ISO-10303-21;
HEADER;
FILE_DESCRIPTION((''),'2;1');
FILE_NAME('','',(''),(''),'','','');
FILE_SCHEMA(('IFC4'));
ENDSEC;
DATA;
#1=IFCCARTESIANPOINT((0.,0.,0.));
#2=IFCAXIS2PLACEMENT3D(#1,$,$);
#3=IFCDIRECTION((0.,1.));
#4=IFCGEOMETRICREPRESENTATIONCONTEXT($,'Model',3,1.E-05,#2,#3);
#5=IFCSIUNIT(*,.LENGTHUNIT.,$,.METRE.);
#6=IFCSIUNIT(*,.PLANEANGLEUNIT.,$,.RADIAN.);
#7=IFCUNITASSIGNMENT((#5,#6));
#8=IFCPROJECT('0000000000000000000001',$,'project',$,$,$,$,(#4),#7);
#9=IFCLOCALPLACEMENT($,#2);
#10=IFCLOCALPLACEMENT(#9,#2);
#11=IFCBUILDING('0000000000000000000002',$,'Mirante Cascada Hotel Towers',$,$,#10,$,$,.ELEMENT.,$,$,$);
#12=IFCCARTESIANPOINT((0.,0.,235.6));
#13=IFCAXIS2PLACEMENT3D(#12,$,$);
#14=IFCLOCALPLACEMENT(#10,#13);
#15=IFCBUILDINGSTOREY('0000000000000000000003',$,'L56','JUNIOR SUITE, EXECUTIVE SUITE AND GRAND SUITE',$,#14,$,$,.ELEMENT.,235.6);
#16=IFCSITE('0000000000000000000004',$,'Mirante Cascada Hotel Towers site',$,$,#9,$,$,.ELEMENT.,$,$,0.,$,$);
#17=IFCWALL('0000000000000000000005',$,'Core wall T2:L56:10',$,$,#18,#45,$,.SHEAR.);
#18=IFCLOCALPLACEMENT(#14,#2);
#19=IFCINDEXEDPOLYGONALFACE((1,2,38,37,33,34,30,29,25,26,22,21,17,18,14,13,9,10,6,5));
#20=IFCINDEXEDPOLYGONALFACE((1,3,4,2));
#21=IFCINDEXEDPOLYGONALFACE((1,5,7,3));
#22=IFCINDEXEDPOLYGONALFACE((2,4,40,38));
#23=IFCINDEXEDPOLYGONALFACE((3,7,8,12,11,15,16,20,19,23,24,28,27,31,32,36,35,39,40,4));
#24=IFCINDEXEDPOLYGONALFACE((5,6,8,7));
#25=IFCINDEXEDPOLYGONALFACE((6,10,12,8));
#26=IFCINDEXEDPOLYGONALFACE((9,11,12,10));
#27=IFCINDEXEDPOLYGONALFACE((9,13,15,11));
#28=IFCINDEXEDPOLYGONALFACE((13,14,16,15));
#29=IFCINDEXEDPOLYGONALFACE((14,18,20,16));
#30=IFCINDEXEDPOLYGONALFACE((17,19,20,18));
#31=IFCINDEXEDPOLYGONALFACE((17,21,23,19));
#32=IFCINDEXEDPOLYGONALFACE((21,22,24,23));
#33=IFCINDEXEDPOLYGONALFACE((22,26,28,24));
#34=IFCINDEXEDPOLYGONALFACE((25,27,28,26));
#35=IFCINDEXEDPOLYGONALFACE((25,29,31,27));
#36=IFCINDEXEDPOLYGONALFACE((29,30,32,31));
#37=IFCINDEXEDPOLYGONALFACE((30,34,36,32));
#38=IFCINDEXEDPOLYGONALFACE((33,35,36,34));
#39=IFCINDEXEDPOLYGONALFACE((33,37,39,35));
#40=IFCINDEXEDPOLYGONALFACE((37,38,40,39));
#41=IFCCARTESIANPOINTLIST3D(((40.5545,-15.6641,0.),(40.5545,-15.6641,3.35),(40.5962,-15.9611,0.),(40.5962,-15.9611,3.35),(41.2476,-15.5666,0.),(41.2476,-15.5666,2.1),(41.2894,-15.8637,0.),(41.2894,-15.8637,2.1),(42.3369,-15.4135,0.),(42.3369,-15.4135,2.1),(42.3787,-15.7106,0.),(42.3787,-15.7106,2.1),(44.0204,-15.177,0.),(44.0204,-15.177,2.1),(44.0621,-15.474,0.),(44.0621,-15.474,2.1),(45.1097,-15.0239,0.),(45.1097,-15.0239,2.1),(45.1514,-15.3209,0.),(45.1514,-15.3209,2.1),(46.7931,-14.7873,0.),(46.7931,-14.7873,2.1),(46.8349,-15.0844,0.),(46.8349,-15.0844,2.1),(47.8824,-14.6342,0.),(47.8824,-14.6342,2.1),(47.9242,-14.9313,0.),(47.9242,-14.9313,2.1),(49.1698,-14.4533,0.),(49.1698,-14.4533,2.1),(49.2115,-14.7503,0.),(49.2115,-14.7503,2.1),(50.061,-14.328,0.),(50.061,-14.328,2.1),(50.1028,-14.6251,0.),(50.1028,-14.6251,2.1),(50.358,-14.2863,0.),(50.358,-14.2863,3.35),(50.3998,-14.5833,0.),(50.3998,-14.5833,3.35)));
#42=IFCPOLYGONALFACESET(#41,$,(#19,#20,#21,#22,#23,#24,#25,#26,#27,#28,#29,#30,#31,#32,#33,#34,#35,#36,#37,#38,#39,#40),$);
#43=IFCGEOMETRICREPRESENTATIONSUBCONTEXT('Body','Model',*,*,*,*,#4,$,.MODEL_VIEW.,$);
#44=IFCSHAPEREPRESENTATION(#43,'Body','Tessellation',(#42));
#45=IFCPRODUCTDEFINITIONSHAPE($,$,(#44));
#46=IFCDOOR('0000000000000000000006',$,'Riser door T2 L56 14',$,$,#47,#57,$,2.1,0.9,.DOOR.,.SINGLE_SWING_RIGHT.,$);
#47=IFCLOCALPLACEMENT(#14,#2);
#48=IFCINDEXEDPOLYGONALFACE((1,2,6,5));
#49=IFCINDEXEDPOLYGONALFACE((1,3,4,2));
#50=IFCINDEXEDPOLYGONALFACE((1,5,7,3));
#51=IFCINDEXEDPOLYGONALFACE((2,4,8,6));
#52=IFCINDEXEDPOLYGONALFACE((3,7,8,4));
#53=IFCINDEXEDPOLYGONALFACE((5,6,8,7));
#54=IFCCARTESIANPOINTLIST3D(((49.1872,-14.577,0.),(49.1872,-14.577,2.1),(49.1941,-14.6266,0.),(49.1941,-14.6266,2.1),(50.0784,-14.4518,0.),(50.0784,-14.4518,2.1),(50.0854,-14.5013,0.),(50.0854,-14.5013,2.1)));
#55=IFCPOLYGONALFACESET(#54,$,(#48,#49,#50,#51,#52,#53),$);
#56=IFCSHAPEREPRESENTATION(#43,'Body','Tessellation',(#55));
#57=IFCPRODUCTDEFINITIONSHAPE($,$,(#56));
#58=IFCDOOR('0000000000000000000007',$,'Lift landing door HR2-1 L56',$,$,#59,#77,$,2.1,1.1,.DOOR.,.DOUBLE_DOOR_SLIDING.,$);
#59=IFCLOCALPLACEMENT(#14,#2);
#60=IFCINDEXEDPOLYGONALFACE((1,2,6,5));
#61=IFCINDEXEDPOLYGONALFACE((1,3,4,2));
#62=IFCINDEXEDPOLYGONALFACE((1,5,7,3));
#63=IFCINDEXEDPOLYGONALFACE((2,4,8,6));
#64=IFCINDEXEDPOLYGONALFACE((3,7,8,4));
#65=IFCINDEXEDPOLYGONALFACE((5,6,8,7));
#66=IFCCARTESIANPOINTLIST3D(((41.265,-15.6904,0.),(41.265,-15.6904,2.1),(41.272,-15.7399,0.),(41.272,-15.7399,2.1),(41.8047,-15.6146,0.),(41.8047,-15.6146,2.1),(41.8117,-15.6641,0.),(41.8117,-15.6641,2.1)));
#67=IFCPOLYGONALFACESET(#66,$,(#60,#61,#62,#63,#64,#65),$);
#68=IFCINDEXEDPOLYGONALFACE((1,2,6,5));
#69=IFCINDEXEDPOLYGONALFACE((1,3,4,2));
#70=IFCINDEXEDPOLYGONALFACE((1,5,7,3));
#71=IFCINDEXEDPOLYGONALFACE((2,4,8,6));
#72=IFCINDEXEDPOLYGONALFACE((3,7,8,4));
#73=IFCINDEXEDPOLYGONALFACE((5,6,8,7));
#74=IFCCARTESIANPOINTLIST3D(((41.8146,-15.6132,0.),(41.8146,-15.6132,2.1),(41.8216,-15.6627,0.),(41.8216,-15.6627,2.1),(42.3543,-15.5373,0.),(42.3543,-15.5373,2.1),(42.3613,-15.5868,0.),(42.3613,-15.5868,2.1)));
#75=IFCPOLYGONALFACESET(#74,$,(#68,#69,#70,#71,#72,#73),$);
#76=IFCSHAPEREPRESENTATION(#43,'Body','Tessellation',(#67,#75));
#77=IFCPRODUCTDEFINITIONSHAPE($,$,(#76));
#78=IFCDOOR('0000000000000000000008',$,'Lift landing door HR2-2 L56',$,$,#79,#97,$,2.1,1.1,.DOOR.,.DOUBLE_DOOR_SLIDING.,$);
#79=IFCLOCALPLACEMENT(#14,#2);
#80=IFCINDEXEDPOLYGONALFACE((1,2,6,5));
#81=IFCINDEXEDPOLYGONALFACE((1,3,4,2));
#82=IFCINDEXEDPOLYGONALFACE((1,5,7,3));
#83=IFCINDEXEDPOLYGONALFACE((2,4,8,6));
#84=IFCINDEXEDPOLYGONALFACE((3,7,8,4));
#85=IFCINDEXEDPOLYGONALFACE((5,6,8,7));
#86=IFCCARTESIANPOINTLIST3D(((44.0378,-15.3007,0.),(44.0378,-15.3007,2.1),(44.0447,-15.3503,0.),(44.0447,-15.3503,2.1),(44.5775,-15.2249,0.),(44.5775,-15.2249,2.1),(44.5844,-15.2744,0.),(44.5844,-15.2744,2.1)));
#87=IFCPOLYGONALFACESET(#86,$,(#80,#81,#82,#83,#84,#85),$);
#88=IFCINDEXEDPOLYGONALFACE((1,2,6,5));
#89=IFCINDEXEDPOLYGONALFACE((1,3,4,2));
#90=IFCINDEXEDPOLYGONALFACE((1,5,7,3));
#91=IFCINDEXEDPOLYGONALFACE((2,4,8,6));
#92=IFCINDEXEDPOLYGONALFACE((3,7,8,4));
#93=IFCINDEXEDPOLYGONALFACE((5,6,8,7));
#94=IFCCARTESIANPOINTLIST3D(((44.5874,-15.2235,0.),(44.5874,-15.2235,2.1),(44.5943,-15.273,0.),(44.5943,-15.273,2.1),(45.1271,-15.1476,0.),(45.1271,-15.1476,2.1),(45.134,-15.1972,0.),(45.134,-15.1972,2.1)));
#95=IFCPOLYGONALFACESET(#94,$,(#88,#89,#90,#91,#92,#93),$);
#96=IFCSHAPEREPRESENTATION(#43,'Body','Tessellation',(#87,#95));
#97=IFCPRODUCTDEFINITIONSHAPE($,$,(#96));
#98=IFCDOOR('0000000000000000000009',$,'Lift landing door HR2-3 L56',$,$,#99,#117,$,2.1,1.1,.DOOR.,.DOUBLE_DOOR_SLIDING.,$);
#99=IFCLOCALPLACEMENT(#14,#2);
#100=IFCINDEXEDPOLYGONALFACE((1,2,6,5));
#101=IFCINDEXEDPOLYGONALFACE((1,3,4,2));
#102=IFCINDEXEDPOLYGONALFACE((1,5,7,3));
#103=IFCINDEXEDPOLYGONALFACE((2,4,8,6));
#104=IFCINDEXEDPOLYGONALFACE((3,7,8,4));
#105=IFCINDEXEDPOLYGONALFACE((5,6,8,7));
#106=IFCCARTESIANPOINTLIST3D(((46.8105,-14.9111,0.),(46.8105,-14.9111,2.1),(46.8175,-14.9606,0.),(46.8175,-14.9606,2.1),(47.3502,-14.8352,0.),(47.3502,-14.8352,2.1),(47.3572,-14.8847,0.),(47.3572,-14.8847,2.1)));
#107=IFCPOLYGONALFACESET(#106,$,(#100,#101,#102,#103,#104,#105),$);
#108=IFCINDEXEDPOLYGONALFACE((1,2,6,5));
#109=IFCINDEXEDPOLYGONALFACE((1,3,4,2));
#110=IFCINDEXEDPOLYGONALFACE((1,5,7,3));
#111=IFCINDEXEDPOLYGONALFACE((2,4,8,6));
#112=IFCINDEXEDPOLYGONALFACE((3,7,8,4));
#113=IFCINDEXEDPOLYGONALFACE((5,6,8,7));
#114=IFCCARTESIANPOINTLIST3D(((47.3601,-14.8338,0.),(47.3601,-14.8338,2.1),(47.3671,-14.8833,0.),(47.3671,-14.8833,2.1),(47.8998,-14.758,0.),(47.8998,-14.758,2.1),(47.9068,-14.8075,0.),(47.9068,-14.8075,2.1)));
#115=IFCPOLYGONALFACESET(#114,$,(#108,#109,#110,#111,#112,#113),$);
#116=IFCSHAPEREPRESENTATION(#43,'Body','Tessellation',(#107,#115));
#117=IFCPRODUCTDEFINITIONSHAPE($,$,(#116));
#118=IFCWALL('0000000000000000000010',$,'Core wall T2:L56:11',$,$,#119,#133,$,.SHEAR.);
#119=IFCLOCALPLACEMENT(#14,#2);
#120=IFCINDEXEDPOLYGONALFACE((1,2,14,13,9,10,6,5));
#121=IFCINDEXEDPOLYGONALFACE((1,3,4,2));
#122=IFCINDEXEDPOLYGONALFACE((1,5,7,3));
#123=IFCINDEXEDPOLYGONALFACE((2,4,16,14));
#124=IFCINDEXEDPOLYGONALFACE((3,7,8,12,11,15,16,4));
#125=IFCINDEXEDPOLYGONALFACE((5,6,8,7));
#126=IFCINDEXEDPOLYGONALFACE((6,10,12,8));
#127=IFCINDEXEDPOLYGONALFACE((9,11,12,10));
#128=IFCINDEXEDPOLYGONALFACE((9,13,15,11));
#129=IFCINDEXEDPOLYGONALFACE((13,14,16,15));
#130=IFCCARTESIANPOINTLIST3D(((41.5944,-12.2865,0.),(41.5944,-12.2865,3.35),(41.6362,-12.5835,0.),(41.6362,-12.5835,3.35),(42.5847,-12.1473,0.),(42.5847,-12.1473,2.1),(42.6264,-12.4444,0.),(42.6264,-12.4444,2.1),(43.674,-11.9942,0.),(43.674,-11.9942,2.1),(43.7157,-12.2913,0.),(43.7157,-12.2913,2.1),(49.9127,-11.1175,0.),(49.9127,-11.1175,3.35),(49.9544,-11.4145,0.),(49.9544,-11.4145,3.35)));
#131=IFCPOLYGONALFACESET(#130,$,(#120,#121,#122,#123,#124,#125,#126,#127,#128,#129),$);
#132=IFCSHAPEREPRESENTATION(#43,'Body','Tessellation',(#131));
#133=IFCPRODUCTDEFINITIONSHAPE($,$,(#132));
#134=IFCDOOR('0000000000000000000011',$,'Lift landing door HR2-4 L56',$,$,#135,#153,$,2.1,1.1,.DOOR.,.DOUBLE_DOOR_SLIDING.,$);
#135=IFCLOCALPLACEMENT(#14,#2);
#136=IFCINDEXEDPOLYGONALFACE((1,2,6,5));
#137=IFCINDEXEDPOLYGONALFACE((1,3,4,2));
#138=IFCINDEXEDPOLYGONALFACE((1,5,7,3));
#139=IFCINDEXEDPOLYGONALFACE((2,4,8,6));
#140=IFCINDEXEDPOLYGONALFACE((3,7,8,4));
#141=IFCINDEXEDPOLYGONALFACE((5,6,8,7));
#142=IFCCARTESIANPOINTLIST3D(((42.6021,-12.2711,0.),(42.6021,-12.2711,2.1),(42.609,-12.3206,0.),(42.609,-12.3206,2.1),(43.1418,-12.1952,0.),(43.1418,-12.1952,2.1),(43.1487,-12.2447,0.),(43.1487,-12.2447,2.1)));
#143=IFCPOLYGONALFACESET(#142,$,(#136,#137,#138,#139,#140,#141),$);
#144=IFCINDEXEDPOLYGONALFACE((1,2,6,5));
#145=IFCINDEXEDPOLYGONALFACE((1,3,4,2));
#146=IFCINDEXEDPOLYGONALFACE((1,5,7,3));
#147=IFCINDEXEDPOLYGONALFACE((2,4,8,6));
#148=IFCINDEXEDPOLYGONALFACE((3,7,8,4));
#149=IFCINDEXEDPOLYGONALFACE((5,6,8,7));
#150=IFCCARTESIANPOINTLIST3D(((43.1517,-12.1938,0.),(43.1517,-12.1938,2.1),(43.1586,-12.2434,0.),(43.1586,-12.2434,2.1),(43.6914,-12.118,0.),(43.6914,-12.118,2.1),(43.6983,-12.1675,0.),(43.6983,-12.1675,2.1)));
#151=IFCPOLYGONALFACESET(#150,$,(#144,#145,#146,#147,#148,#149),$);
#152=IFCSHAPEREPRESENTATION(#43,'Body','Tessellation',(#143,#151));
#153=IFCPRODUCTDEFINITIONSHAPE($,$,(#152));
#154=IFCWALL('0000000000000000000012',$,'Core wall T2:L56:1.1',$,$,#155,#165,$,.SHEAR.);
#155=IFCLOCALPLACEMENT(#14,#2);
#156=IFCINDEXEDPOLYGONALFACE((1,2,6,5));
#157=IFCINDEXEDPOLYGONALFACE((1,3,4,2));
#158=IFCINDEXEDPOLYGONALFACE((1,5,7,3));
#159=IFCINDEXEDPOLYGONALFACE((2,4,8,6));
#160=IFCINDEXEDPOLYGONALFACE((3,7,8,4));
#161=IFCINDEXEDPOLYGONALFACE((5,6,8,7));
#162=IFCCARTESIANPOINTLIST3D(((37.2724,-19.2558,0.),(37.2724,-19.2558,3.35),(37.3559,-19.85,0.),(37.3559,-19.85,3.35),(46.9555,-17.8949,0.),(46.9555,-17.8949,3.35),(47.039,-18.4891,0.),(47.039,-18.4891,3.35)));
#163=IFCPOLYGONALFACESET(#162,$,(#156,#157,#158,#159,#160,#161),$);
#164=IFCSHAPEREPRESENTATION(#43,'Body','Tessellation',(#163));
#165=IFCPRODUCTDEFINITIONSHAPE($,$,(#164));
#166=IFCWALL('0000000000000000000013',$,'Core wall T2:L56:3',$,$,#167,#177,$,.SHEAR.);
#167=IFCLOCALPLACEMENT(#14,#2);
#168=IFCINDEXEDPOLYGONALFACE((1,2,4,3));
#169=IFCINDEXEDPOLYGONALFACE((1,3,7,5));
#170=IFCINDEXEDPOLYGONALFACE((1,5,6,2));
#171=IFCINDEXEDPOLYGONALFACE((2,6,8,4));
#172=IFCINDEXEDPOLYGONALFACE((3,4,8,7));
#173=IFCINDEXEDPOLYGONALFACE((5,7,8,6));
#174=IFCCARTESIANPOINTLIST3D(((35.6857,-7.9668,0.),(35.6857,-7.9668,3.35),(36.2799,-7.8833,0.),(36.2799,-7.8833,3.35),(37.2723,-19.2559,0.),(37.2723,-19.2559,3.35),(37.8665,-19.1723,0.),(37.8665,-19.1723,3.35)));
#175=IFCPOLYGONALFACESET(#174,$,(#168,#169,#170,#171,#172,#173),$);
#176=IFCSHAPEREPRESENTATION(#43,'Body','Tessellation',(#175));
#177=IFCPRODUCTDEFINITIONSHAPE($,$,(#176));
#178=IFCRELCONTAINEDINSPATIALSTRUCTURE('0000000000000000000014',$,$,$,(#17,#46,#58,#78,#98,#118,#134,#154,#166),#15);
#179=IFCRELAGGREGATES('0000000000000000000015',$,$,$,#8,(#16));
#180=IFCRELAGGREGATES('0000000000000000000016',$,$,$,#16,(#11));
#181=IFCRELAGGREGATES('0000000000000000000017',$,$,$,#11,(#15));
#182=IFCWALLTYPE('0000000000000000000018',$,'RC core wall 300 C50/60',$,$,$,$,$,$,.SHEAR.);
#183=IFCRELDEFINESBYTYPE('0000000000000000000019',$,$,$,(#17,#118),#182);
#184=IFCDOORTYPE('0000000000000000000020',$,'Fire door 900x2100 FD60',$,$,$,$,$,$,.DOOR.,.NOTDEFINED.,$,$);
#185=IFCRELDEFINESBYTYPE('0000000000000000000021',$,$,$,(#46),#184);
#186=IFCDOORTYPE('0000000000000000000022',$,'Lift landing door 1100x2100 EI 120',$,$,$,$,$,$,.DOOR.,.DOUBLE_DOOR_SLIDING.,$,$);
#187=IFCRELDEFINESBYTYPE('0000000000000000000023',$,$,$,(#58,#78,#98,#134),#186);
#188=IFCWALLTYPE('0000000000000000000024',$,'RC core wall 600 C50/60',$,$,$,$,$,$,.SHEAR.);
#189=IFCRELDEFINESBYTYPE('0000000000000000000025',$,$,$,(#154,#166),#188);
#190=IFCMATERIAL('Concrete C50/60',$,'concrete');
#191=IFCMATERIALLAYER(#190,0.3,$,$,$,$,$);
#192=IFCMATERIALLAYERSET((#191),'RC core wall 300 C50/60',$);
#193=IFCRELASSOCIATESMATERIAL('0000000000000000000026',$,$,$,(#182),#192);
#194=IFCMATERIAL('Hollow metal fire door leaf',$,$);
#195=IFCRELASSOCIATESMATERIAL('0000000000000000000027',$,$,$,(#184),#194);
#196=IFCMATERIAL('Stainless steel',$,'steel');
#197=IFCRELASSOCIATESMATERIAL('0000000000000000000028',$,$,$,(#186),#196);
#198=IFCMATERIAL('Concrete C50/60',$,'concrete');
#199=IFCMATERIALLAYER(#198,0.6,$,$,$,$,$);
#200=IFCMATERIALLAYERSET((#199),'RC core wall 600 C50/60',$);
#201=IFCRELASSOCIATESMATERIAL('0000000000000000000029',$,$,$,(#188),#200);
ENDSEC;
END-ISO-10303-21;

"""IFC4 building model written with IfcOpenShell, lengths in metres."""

from ifc_helpers import new_model, si_unit, direction, frame, frame_2d, origin, place, context, subcontext, project, spatial, rectangle, extrude, material, layer, layer_set, type_object, element, fill, save


model = new_model("IFC4")

# Units and contexts
model_context = context("Model", 3, precision=1e-05, world=origin(), true_north=direction((0.0, 1.0)))
body_context = subcontext(model_context, "Body", "Model", "MODEL_VIEW")
ifc_project = project(units=[si_unit("LENGTHUNIT", "METRE"), si_unit("PLANEANGLEUNIT", "RADIAN")], contexts=[model_context])

# Site, building, storey
site_placement = place(None, origin())
site = spatial("IfcSite", under=ifc_project, at=site_placement, Name="Mirante Cascada Hotel Towers site", CompositionType="ELEMENT", RefElevation=0.0)
building_placement = place(site_placement, origin())
building = spatial("IfcBuilding", under=site, at=building_placement, Name="Mirante Cascada Hotel Towers", CompositionType="ELEMENT")
storey_placement = place(building_placement, frame((0.0, 0.0, 235.6)))
storey = spatial("IfcBuildingStorey", under=building, at=storey_placement, Name="L56", Description="JUNIOR SUITE, EXECUTIVE SUITE AND GRAND SUITE", CompositionType="ELEMENT", Elevation=235.6)

# Shared definitions
ifc_material_1 = material(Name="Concrete C50/60", Category="concrete")
ifc_layer_1 = layer(ifc_material_1, 0.3)
ifc_layer_set_1 = layer_set([ifc_layer_1], Name="RC core wall 300 C50/60")
wall_type_1 = type_object("IfcWallType", Name="RC core wall 300 C50/60", PredefinedType="SHEAR", material=ifc_layer_set_1)

# Wall, openings, doors
wall_1_placement = place(storey_placement, frame((40.5753, -15.8126, 0.0), z_axis=(0.0, 0.0, 1.0), x_axis=(0.990268, 0.139173, 0.0)))
wall_1 = element("IfcWall", 1, at=wall_1_placement, inside=storey, type_object=wall_type_1, Name="Core wall T2:L56:10", PredefinedType="SHEAR", context=body_context, shape_type="SweptSolid", body=[
    extrude(rectangle(XDim=9.8999, YDim=0.3, at=frame_2d((4.95, 0.0))), origin(), (0.0, 0.0, 1.0), 3.35),
])
opening_1_placement = place(wall_1_placement, frame((0.7, 0.0, 0.0)))
opening_1 = element("IfcOpeningElement", 2, at=opening_1_placement, cuts=wall_1, PredefinedType="OPENING", context=body_context, shape_type="SweptSolid", body=[
    extrude(rectangle(XDim=1.1, YDim=2.1, at=frame_2d((0.55, 1.05))), frame((0.0, 0.15, 0.0), z_axis=(0.0, -1.0, 0.0), x_axis=(1.0, 0.0, 0.0)), (0.0, 0.0, 1.0), 0.3),
])
opening_2_placement = place(wall_1_placement, frame((3.5, 0.0, 0.0)))
opening_2 = element("IfcOpeningElement", 3, at=opening_2_placement, cuts=wall_1, PredefinedType="OPENING", context=body_context, shape_type="SweptSolid", body=[
    extrude(rectangle(XDim=1.1, YDim=2.1, at=frame_2d((0.55, 1.05))), frame((0.0, 0.15, 0.0), z_axis=(0.0, -1.0, 0.0), x_axis=(1.0, 0.0, 0.0)), (0.0, 0.0, 1.0), 0.3),
])
opening_3_placement = place(wall_1_placement, frame((6.3, 0.0, 0.0)))
opening_3 = element("IfcOpeningElement", 4, at=opening_3_placement, cuts=wall_1, PredefinedType="OPENING", context=body_context, shape_type="SweptSolid", body=[
    extrude(rectangle(XDim=1.1, YDim=2.1, at=frame_2d((0.55, 1.05))), frame((0.0, 0.15, 0.0), z_axis=(0.0, -1.0, 0.0), x_axis=(1.0, 0.0, 0.0)), (0.0, 0.0, 1.0), 0.3),
])
opening_4_placement = place(wall_1_placement, frame((8.7, 0.0, 0.0)))
opening_4 = element("IfcOpeningElement", 5, at=opening_4_placement, cuts=wall_1, PredefinedType="OPENING", context=body_context, shape_type="SweptSolid", body=[
    extrude(rectangle(XDim=0.9, YDim=2.1, at=frame_2d((0.45, 1.05))), frame((0.0, 0.15, 0.0), z_axis=(0.0, -1.0, 0.0), x_axis=(1.0, 0.0, 0.0)), (0.0, 0.0, 1.0), 0.3),
])
ifc_material_2 = material(Name="Hollow metal fire door leaf")
door_type_1 = type_object("IfcDoorType", Name="Fire door 900x2100 FD60", OperationType="NOTDEFINED", PredefinedType="DOOR", material=ifc_material_2)
door_1_placement = place(opening_4_placement, frame((0.9, 0.0, 0.0), z_axis=(0.0, 0.0, 1.0), x_axis=(-1.0, 0.0, 0.0)))
door_1 = element("IfcDoor", 6, at=door_1_placement, inside=storey, type_object=door_type_1, Name="Riser door T2 L56 14", OperationType="SINGLE_SWING_RIGHT", OverallHeight=2.1, OverallWidth=0.9, PredefinedType="DOOR", context=body_context, shape_type="SweptSolid", body=[
    extrude(rectangle(XDim=0.9, YDim=2.1, at=frame_2d((0.45, 1.05))), frame((0.0, 0.025, 0.0), z_axis=(0.0, -1.0, 0.0), x_axis=(1.0, 0.0, 0.0)), (0.0, 0.0, 1.0), 0.05),
])
fill(opening_4, door_1)
ifc_material_3 = material(Name="Stainless steel", Category="steel")
door_type_2 = type_object("IfcDoorType", Name="Lift landing door 1100x2100 EI 120", OperationType="DOUBLE_DOOR_SLIDING", PredefinedType="DOOR", material=ifc_material_3)
door_2_placement = place(opening_1_placement, origin())
door_2 = element("IfcDoor", 7, at=door_2_placement, inside=storey, type_object=door_type_2, Name="Lift landing door HR2-1 L56", OperationType="DOUBLE_DOOR_SLIDING", OverallHeight=2.1, OverallWidth=1.1, PredefinedType="DOOR", context=body_context, shape_type="SweptSolid", body=[
    extrude(rectangle(XDim=0.545, YDim=2.1, at=frame_2d((0.2725, 1.05))), frame((0.0, 0.025, 0.0), z_axis=(0.0, -1.0, 0.0), x_axis=(1.0, 0.0, 0.0)), (0.0, 0.0, 1.0), 0.05),
    extrude(rectangle(XDim=0.545, YDim=2.1, at=frame_2d((0.8275, 1.05))), frame((0.0, 0.025, 0.0), z_axis=(0.0, -1.0, 0.0), x_axis=(1.0, 0.0, 0.0)), (0.0, 0.0, 1.0), 0.05),
])
fill(opening_1, door_2)
door_3_placement = place(opening_2_placement, origin())
door_3 = element("IfcDoor", 8, at=door_3_placement, inside=storey, type_object=door_type_2, Name="Lift landing door HR2-2 L56", OperationType="DOUBLE_DOOR_SLIDING", OverallHeight=2.1, OverallWidth=1.1, PredefinedType="DOOR", context=body_context, shape_type="SweptSolid", body=[
    extrude(rectangle(XDim=0.545, YDim=2.1, at=frame_2d((0.2725, 1.05))), frame((0.0, 0.025, 0.0), z_axis=(0.0, -1.0, 0.0), x_axis=(1.0, 0.0, 0.0)), (0.0, 0.0, 1.0), 0.05),
    extrude(rectangle(XDim=0.545, YDim=2.1, at=frame_2d((0.8275, 1.05))), frame((0.0, 0.025, 0.0), z_axis=(0.0, -1.0, 0.0), x_axis=(1.0, 0.0, 0.0)), (0.0, 0.0, 1.0), 0.05),
])
fill(opening_2, door_3)
door_4_placement = place(opening_3_placement, origin())
door_4 = element("IfcDoor", 9, at=door_4_placement, inside=storey, type_object=door_type_2, Name="Lift landing door HR2-3 L56", OperationType="DOUBLE_DOOR_SLIDING", OverallHeight=2.1, OverallWidth=1.1, PredefinedType="DOOR", context=body_context, shape_type="SweptSolid", body=[
    extrude(rectangle(XDim=0.545, YDim=2.1, at=frame_2d((0.2725, 1.05))), frame((0.0, 0.025, 0.0), z_axis=(0.0, -1.0, 0.0), x_axis=(1.0, 0.0, 0.0)), (0.0, 0.0, 1.0), 0.05),
    extrude(rectangle(XDim=0.545, YDim=2.1, at=frame_2d((0.8275, 1.05))), frame((0.0, 0.025, 0.0), z_axis=(0.0, -1.0, 0.0), x_axis=(1.0, 0.0, 0.0)), (0.0, 0.0, 1.0), 0.05),
])
fill(opening_3, door_4)

# Wall, opening, door
wall_2_placement = place(storey_placement, frame((41.6153, -12.435, 0.0), z_axis=(0.0, 0.0, 1.0), x_axis=(0.990269, 0.139166, 0.0)))
wall_2 = element("IfcWall", 10, at=wall_2_placement, inside=storey, type_object=wall_type_1, Name="Core wall T2:L56:11", PredefinedType="SHEAR", context=body_context, shape_type="SweptSolid", body=[
    extrude(rectangle(XDim=8.4, YDim=0.3, at=frame_2d((4.2, 0.0))), origin(), (0.0, 0.0, 1.0), 3.35),
])
opening_5_placement = place(wall_2_placement, frame((1.0, 0.0, 0.0)))
opening_5 = element("IfcOpeningElement", 11, at=opening_5_placement, cuts=wall_2, PredefinedType="OPENING", context=body_context, shape_type="SweptSolid", body=[
    extrude(rectangle(XDim=1.1, YDim=2.1, at=frame_2d((0.55, 1.05))), frame((0.0, 0.15, 0.0), z_axis=(0.0, -1.0, 0.0), x_axis=(1.0, 0.0, 0.0)), (0.0, 0.0, 1.0), 0.3),
])
door_5_placement = place(opening_5_placement, origin())
door_5 = element("IfcDoor", 12, at=door_5_placement, inside=storey, type_object=door_type_2, Name="Lift landing door HR2-4 L56", OperationType="DOUBLE_DOOR_SLIDING", OverallHeight=2.1, OverallWidth=1.1, PredefinedType="DOOR", context=body_context, shape_type="SweptSolid", body=[
    extrude(rectangle(XDim=0.545, YDim=2.1, at=frame_2d((0.2725, 1.05))), frame((0.0, 0.025, 0.0), z_axis=(0.0, -1.0, 0.0), x_axis=(1.0, 0.0, 0.0)), (0.0, 0.0, 1.0), 0.05),
    extrude(rectangle(XDim=0.545, YDim=2.1, at=frame_2d((0.8275, 1.05))), frame((0.0, 0.025, 0.0), z_axis=(0.0, -1.0, 0.0), x_axis=(1.0, 0.0, 0.0)), (0.0, 0.0, 1.0), 0.05),
])
fill(opening_5, door_5)

# Walls
ifc_material_4 = material(Name="Concrete C50/60", Category="concrete")
ifc_layer_2 = layer(ifc_material_4, 0.6)
ifc_layer_set_2 = layer_set([ifc_layer_2], Name="RC core wall 600 C50/60")
wall_type_2 = type_object("IfcWallType", Name="RC core wall 600 C50/60", PredefinedType="SHEAR", material=ifc_layer_set_2)
wall_3_placement = place(storey_placement, frame((37.3141, -19.5529, 0.0), z_axis=(0.0, 0.0, 1.0), x_axis=(0.990268, 0.139176, 0.0)))
element("IfcWall", 13, at=wall_3_placement, inside=storey, type_object=wall_type_2, Name="Core wall T2:L56:1.1", PredefinedType="SHEAR", context=body_context, shape_type="SweptSolid", body=[
    extrude(rectangle(XDim=9.7783, YDim=0.6, at=frame_2d((4.8892, 0.0))), origin(), (0.0, 0.0, 1.0), 3.35),
])
wall_4_placement = place(storey_placement, frame((37.5694, -19.2141, 0.0), z_axis=(0.0, 0.0, 1.0), x_axis=(-0.139175, 0.990268, 0.0)))
element("IfcWall", 14, at=wall_4_placement, inside=storey, type_object=wall_type_2, Name="Core wall T2:L56:3", PredefinedType="SHEAR", context=body_context, shape_type="SweptSolid", body=[
    extrude(rectangle(XDim=11.4, YDim=0.6, at=frame_2d((5.7, 0.0))), origin(), (0.0, 0.0, 1.0), 3.35),
])

save(model, "model.ifc")
